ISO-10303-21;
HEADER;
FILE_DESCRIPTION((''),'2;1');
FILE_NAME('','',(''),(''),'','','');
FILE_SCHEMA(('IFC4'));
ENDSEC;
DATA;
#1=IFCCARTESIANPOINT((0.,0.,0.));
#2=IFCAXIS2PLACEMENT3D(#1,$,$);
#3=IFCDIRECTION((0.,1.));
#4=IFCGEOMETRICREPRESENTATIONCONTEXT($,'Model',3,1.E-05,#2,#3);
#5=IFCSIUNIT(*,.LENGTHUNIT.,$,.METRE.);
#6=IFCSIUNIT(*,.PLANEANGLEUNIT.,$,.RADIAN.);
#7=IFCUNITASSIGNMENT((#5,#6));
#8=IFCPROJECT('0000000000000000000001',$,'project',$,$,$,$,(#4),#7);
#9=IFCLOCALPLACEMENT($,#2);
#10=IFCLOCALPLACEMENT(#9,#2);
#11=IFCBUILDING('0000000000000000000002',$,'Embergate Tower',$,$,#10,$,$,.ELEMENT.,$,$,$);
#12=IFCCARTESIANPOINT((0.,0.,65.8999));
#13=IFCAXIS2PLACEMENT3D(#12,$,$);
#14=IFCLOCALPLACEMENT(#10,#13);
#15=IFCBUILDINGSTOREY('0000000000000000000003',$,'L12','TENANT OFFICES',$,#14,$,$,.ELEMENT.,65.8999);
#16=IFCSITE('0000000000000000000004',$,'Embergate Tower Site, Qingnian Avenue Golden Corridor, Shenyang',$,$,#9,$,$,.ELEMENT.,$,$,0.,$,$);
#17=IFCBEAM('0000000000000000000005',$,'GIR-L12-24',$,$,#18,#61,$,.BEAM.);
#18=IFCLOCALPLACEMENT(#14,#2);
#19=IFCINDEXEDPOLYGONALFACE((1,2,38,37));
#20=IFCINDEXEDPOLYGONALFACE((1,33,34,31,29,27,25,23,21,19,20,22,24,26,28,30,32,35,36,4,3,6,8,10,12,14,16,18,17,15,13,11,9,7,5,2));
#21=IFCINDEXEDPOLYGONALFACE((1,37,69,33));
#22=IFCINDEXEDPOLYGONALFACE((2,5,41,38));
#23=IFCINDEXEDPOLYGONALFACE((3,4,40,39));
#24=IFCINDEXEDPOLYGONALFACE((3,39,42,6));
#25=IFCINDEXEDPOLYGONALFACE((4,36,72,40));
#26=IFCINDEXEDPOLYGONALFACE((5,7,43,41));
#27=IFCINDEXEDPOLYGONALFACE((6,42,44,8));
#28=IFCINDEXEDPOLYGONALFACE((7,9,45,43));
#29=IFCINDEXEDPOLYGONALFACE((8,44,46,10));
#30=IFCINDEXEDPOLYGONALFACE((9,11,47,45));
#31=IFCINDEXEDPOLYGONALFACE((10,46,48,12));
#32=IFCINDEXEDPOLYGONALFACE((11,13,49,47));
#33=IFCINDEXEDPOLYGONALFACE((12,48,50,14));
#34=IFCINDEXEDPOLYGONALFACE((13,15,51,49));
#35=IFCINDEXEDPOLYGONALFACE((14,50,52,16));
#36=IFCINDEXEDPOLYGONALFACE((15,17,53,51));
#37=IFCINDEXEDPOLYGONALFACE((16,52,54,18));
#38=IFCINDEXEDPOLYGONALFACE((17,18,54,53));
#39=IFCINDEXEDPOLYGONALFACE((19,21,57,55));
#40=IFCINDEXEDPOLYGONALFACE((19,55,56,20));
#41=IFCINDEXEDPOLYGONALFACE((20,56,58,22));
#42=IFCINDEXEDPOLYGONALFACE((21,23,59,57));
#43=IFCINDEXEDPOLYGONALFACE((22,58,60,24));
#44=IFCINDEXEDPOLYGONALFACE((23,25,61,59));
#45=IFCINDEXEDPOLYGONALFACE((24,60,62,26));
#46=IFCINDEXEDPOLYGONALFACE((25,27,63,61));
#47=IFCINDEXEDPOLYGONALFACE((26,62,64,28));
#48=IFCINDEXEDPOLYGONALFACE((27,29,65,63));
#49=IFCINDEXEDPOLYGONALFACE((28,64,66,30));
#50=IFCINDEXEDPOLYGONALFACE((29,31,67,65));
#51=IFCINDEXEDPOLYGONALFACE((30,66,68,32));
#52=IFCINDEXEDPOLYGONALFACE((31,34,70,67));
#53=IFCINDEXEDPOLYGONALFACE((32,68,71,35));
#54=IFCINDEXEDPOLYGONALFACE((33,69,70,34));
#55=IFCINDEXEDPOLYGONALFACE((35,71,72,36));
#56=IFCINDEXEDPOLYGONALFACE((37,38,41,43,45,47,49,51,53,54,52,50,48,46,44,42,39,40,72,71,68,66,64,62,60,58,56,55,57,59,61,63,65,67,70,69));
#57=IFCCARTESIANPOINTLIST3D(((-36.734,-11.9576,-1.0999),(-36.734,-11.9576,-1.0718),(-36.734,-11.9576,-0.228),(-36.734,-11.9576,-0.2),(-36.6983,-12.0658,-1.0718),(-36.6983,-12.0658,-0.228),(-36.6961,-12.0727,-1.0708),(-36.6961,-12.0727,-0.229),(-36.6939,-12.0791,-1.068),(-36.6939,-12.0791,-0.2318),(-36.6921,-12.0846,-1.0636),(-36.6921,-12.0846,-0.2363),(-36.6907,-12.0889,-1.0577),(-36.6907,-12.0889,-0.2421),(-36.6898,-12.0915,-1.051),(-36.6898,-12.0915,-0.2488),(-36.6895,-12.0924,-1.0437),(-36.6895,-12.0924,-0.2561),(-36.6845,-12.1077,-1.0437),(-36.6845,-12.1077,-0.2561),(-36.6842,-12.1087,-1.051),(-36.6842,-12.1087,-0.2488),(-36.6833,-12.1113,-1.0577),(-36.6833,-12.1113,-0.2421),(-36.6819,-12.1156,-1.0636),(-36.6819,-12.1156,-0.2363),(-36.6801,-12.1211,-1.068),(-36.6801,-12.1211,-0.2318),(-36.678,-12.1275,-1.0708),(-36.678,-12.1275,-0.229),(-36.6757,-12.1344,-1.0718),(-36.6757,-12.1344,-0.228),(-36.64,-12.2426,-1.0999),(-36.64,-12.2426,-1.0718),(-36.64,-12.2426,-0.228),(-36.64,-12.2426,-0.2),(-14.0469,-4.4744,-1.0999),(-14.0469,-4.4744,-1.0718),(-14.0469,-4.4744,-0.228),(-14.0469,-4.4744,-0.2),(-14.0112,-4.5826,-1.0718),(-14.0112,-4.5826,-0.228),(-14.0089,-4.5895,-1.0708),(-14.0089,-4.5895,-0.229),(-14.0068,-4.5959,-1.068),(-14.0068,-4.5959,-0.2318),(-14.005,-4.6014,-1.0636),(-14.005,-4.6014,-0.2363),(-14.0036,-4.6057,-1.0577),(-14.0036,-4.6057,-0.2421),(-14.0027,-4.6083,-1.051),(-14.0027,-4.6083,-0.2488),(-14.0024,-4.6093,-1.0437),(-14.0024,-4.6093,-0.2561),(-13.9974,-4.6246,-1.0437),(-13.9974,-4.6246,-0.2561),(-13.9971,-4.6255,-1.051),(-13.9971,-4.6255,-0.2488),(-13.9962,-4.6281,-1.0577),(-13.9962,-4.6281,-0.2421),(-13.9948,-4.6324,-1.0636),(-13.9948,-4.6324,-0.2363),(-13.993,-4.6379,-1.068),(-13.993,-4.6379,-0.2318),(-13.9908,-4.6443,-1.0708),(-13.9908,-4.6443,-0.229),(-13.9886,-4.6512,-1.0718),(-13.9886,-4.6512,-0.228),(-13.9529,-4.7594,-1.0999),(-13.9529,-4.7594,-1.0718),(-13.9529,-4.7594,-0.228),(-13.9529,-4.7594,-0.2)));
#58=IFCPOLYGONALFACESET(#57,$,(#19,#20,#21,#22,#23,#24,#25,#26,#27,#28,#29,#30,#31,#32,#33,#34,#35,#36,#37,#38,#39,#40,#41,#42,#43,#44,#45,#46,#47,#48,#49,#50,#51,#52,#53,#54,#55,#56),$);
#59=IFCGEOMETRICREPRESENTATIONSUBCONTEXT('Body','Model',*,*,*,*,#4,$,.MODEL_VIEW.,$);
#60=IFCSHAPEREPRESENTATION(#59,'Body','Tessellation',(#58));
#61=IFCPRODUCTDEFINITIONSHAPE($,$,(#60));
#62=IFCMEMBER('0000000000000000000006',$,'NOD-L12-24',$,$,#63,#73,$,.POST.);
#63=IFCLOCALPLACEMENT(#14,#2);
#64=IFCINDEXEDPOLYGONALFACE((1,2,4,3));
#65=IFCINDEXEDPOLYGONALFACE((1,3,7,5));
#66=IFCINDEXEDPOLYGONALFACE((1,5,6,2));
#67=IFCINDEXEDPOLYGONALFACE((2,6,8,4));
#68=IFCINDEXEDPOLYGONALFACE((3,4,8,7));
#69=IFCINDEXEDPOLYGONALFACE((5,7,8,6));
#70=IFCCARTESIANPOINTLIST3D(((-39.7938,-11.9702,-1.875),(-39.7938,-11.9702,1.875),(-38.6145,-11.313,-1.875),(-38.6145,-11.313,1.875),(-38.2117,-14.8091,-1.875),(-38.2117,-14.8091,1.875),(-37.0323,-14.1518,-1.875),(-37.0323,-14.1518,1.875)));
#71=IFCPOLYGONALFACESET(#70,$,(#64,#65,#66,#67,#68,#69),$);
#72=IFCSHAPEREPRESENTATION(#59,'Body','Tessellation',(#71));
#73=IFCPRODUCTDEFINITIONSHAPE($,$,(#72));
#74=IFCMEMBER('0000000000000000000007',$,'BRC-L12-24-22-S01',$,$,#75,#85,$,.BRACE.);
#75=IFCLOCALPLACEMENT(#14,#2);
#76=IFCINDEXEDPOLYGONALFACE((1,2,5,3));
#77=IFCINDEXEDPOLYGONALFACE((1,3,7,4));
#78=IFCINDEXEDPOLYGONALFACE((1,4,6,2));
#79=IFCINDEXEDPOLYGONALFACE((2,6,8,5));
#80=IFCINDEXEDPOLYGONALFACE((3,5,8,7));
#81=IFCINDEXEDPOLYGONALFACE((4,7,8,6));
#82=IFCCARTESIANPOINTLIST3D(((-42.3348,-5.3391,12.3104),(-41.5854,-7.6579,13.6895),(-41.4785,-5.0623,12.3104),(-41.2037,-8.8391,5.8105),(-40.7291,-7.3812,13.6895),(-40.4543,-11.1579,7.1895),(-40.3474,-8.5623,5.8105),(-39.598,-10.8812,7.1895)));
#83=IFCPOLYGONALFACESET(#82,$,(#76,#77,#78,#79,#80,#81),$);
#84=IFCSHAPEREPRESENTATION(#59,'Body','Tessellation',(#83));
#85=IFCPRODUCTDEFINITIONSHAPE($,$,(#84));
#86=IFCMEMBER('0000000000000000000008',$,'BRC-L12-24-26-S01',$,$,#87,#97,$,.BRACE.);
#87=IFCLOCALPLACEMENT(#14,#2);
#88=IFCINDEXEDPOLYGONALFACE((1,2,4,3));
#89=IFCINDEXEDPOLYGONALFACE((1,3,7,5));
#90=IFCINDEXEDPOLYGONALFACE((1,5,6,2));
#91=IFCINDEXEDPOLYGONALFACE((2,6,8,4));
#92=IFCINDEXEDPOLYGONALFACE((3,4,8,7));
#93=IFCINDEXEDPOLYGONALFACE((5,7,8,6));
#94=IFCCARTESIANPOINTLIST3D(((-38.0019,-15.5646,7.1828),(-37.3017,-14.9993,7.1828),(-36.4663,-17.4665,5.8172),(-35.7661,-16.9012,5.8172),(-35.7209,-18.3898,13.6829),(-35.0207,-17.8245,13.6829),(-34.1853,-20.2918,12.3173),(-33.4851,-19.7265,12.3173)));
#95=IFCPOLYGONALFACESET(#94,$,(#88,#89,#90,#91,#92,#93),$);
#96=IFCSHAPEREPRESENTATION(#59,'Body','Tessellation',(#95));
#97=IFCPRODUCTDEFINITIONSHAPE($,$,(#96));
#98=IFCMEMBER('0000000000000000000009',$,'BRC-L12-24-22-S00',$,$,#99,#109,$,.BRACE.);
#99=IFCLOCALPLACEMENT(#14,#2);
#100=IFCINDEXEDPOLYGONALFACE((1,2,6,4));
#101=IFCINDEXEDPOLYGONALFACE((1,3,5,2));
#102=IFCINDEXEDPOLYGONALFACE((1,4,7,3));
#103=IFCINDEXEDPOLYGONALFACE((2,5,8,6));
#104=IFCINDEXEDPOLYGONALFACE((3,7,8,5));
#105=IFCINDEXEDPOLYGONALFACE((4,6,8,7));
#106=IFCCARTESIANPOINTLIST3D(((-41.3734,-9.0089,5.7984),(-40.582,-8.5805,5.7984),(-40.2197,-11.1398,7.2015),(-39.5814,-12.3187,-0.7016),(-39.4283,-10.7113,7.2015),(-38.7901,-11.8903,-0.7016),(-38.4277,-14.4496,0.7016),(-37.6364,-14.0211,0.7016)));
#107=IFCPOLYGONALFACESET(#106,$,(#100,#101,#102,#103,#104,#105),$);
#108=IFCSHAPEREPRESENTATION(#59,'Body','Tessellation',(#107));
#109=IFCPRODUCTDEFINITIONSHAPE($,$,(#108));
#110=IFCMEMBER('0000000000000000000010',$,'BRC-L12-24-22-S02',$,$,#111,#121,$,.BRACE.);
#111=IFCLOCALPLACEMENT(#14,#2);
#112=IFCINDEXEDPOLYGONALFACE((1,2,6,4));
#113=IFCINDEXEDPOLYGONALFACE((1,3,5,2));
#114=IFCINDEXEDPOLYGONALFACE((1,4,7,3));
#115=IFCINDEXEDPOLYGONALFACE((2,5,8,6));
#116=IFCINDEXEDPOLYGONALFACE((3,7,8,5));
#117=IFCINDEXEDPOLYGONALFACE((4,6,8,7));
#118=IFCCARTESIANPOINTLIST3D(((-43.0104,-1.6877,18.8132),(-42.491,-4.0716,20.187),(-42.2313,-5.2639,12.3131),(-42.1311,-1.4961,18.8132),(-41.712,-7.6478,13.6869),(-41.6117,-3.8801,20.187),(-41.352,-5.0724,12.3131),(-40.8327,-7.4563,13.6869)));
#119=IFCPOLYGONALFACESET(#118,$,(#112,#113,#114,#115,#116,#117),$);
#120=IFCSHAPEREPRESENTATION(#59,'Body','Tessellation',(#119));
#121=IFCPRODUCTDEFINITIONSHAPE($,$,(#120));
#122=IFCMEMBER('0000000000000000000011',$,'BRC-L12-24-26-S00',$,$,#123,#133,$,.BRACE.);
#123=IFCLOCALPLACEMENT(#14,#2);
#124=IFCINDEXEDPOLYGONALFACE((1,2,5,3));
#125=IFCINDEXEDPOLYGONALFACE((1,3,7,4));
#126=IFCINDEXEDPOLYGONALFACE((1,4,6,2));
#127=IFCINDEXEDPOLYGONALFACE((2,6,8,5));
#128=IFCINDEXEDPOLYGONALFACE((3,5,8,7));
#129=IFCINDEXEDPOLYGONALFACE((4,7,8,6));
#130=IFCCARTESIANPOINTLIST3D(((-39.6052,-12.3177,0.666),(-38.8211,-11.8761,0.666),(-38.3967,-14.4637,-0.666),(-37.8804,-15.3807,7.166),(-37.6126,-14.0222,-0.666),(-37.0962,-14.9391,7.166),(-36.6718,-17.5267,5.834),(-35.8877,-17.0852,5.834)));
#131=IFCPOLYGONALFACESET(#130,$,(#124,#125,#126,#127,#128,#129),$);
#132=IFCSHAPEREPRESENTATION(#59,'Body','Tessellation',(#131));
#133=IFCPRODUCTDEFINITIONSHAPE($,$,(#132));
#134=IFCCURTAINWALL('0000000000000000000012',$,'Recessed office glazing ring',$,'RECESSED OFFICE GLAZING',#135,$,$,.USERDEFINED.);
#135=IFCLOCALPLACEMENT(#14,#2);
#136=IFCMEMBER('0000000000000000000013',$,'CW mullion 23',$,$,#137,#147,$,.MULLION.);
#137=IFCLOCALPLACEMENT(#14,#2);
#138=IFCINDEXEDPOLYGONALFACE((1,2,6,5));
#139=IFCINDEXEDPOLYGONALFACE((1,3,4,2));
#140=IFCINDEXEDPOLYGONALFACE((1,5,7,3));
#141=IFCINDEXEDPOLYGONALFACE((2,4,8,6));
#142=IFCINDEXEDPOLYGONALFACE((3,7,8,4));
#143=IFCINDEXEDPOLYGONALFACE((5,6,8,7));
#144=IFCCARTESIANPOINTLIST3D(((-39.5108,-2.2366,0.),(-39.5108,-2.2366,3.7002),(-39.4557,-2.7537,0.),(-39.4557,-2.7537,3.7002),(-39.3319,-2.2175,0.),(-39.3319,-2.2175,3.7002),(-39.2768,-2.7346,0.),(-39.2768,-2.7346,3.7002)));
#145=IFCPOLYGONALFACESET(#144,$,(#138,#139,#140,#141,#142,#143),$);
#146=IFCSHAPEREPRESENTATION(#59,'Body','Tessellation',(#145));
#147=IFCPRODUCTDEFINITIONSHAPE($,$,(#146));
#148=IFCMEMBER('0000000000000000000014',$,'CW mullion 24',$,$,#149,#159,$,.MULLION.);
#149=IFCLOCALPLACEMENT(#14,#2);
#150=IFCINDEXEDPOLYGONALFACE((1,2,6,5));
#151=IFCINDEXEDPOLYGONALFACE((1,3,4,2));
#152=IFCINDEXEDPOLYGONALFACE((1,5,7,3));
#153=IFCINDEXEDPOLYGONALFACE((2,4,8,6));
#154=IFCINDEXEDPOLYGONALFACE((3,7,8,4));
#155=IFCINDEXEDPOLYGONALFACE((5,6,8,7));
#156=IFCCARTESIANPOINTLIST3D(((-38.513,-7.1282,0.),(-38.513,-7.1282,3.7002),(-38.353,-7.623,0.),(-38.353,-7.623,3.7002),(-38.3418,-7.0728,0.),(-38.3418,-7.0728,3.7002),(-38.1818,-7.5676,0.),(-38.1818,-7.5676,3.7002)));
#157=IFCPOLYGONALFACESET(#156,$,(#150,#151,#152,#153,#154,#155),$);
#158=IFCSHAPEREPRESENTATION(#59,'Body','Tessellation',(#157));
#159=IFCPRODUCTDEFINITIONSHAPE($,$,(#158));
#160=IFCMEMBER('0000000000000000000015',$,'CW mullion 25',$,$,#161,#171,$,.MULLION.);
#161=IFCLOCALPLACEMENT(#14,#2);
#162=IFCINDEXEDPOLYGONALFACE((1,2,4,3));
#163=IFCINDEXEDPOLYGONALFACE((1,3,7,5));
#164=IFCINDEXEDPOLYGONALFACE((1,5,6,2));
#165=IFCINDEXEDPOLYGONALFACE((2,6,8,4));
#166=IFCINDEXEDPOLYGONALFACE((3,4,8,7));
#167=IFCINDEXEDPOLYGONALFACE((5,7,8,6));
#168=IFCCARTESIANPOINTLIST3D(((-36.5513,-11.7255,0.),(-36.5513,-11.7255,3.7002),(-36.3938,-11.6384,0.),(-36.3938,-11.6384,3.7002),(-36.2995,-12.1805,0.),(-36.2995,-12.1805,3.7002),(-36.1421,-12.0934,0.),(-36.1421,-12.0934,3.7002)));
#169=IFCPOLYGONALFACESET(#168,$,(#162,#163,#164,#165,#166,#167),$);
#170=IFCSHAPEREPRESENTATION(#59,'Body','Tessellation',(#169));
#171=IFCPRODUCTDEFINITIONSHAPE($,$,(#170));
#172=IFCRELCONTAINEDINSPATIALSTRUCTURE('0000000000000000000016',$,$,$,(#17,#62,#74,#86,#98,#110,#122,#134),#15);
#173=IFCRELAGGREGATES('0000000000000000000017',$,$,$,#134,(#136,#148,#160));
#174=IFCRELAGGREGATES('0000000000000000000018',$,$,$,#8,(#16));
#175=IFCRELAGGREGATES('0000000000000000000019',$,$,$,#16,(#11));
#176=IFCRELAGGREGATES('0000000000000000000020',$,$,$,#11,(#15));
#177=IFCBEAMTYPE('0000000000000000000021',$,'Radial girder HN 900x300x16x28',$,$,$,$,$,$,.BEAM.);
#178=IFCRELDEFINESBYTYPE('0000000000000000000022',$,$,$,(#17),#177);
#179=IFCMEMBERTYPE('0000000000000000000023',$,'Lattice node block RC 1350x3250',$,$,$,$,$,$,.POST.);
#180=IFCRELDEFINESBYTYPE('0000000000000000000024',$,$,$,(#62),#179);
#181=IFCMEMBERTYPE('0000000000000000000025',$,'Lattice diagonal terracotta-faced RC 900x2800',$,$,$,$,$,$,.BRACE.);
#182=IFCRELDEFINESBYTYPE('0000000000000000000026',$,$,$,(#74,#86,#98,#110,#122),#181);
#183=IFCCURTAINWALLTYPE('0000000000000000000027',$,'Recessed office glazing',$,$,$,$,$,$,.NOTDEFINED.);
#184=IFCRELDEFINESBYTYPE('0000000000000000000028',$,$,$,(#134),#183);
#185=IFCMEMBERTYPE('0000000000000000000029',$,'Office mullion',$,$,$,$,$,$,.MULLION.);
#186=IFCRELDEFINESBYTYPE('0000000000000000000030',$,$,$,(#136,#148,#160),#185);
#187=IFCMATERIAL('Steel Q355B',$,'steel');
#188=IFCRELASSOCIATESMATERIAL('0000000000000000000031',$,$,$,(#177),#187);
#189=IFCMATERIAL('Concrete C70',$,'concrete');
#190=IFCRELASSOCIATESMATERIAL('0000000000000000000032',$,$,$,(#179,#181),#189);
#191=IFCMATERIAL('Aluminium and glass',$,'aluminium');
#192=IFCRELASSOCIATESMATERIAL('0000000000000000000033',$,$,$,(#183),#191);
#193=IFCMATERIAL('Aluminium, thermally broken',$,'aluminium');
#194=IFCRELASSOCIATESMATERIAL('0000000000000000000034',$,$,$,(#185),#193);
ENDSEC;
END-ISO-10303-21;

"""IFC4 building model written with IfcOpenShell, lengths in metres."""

from ifc_helpers import new_model, si_unit, direction, frame, origin, origin_2d, place, context, subcontext, project, spatial, rectangle, i_section, extrude, source, transform, mapped, material, material_profile, profile_set, type_object, element, aggregate, save


model = new_model("IFC4")

# Units and contexts
model_context = context("Model", 3, precision=1e-05, world=origin(), true_north=direction((0.0, 1.0)))
body_context = subcontext(model_context, "Body", "Model", "MODEL_VIEW")
ifc_project = project(units=[si_unit("LENGTHUNIT", "METRE"), si_unit("PLANEANGLEUNIT", "RADIAN")], contexts=[model_context])

# Site, building, storey
site_placement = place(None, origin())
site = spatial("IfcSite", under=ifc_project, at=site_placement, Name="Embergate Tower Site, Qingnian Avenue Golden Corridor, Shenyang", CompositionType="ELEMENT", RefElevation=0.0)
building_placement = place(site_placement, origin())
building = spatial("IfcBuilding", under=site, at=building_placement, Name="Embergate Tower", CompositionType="ELEMENT")
storey_placement = place(building_placement, frame((0.0, 0.0, 65.8999)))
storey = spatial("IfcBuildingStorey", under=building, at=storey_placement, Name="L12", Description="TENANT OFFICES", CompositionType="ELEMENT", Elevation=65.8999)

# Shared definitions
ifc_material_1 = material(Name="Concrete C70", Category="concrete")

# Beam
ifc_material_2 = material(Name="Steel Q355B", Category="steel")
ifc_material_profile_1 = material_profile(ifc_material_2, i_section(OverallWidth=0.3, OverallDepth=0.8999, WebThickness=0.0161, FlangeThickness=0.0281, FilletRadius=0.0281, at=origin_2d()), Name="HN 900x300x16x28")
ifc_profile_set_1 = profile_set([ifc_material_profile_1], Name="Steel Q355 grade B")
beam_type_1 = type_object("IfcBeamType", Name="Radial girder HN 900x300x16x28", PredefinedType="BEAM", material=ifc_profile_set_1)
shared_shape_1 = source(origin(), body_context, "Body", "SweptSolid", [
    extrude(i_section(OverallWidth=0.3, OverallDepth=0.8999, WebThickness=0.0161, FlangeThickness=0.0281, FilletRadius=0.0281, at=origin_2d()), origin(), (0.0, 0.0, 1.0), 23.8894),
])
beam_1_placement = place(storey_placement, frame((-36.687, -12.1001, -0.6499), z_axis=(0.949673, 0.313243, 0.0), x_axis=(-0.313243, 0.949673, 0.0)))
element("IfcBeam", 1, at=beam_1_placement, inside=storey, type_object=beam_type_1, Name="GIR-L12-24", PredefinedType="BEAM", context=body_context, shape_type="MappedRepresentation", body=[
    mapped(shared_shape_1, transform((0.0, 0.0, 0.0))),
])

# Members
ifc_material_profile_2 = material_profile(ifc_material_1, rectangle(XDim=1.3501, YDim=3.25, at=origin_2d()), Name="RC 1350x3250")
ifc_profile_set_2 = profile_set([ifc_material_profile_2], Name="Concrete C70")
member_type_1 = type_object("IfcMemberType", Name="Lattice node block RC 1350x3250", PredefinedType="POST", material=ifc_profile_set_2)
shared_shape_2 = source(origin(), body_context, "Body", "SweptSolid", [
    extrude(rectangle(XDim=1.3501, YDim=3.25, at=origin_2d()), origin(), (0.0, 0.0, 1.0), 3.75),
])
member_1_placement = place(storey_placement, frame((-38.4131, -13.061, -1.875), z_axis=(0.0, 0.0, 1.0), x_axis=(-0.8735, -0.486823, 0.0)))
element("IfcMember", 2, at=member_1_placement, inside=storey, type_object=member_type_1, Name="NOD-L12-24", PredefinedType="POST", context=body_context, shape_type="MappedRepresentation", body=[
    mapped(shared_shape_2, transform((0.0, 0.0, 0.0))),
])
ifc_material_profile_3 = material_profile(ifc_material_1, rectangle(XDim=0.8999, YDim=2.8, at=origin_2d()), Name="RC 900x2800")
ifc_profile_set_3 = profile_set([ifc_material_profile_3], Name="Concrete C70")
member_type_2 = type_object("IfcMemberType", Name="Lattice diagonal terracotta-faced RC 900x2800", PredefinedType="BRACE", material=ifc_profile_set_3)
shared_shape_3 = source(origin(), body_context, "Body", "SweptSolid", [
    extrude(rectangle(XDim=0.8999, YDim=2.8, at=origin_2d()), origin(), (0.0, 0.0, 1.0), 7.4685),
])
member_2_placement = place(storey_placement, frame((-40.4009, -9.8601, 6.5), z_axis=(-0.151449, 0.468631, 0.870315), x_axis=(-0.951544, -0.307513, 0.0)))
element("IfcMember", 3, at=member_2_placement, inside=storey, type_object=member_type_2, Name="BRC-L12-24-22-S01", PredefinedType="BRACE", context=body_context, shape_type="MappedRepresentation", body=[
    mapped(shared_shape_3, transform((0.0, 0.0, 0.0))),
])
shared_shape_4 = source(origin(), body_context, "Body", "SweptSolid", [
    extrude(rectangle(XDim=0.8999, YDim=2.8, at=origin_2d()), origin(), (0.0, 0.0, 1.0), 7.4456),
])
member_3_placement = place(storey_placement, frame((-36.884, -16.2329, 6.5), z_axis=(0.306362, -0.379453, 0.873016), x_axis=(0.77806, 0.62819, 0.0)))
element("IfcMember", 4, at=member_3_placement, inside=storey, type_object=member_type_2, Name="BRC-L12-24-26-S01", PredefinedType="BRACE", context=body_context, shape_type="MappedRepresentation", body=[
    mapped(shared_shape_4, transform((0.0, 0.0, 0.0))),
])
shared_shape_5 = source(origin(), body_context, "Body", "SweptSolid", [
    extrude(rectangle(XDim=0.8999, YDim=2.8, at=origin_2d()), origin(), (0.0, 0.0, 1.0), 7.511),
])
member_4_placement = place(storey_placement, frame((-38.6089, -13.1699, 0.0), z_axis=(-0.23858, 0.440658, 0.86539), x_axis=(-0.879384, -0.476114, 0.0)))
element("IfcMember", 5, at=member_4_placement, inside=storey, type_object=member_type_2, Name="BRC-L12-24-22-S00", PredefinedType="BRACE", context=body_context, shape_type="MappedRepresentation", body=[
    mapped(shared_shape_5, transform((0.0, 0.0, 0.0))),
])
shared_shape_6 = source(origin(), body_context, "Body", "SweptSolid", [
    extrude(rectangle(XDim=0.8999, YDim=2.8, at=origin_2d()), origin(), (0.0, 0.0, 1.0), 7.4597),
])
member_5_placement = place(storey_placement, frame((-41.532, -6.3601, 13.0), z_axis=(-0.104436, 0.479404, 0.871358), x_axis=(-0.977084, -0.212853, 0.0)))
element("IfcMember", 6, at=member_5_placement, inside=storey, type_object=member_type_2, Name="BRC-L12-24-22-S02", PredefinedType="BRACE", context=body_context, shape_type="MappedRepresentation", body=[
    mapped(shared_shape_6, transform((0.0, 0.0, 0.0))),
])
shared_shape_7 = source(origin(), body_context, "Body", "SweptSolid", [
    extrude(rectangle(XDim=0.8999, YDim=2.8, at=origin_2d()), origin(), (0.0, 0.0, 1.0), 7.3896),
])
member_6_placement = place(storey_placement, frame((-38.6089, -13.1699, 0.0), z_axis=(0.233415, -0.414497, 0.879608), x_axis=(0.871342, 0.490677, 0.0)))
element("IfcMember", 7, at=member_6_placement, inside=storey, type_object=member_type_2, Name="BRC-L12-24-26-S00", PredefinedType="BRACE", context=body_context, shape_type="MappedRepresentation", body=[
    mapped(shared_shape_7, transform((0.0, 0.0, 0.0))),
])

# Curtain wall, members
ifc_material_3 = material(Name="Aluminium and glass", Category="aluminium")
curtain_wall_type = type_object("IfcCurtainWallType", Name="Recessed office glazing", PredefinedType="NOTDEFINED", material=ifc_material_3)
curtain_wall_placement = place(storey_placement, origin())
curtain_wall = element("IfcCurtainWall", 8, at=curtain_wall_placement, inside=storey, type_object=curtain_wall_type, Name="Recessed office glazing ring", ObjectType="RECESSED OFFICE GLAZING", PredefinedType="USERDEFINED")
ifc_material_4 = material(Name="Aluminium, thermally broken", Category="aluminium")
ifc_material_profile_4 = material_profile(ifc_material_4, rectangle(XDim=0.1799, YDim=0.52, at=origin_2d()), Name="AL 520x180")
ifc_profile_set_4 = profile_set([ifc_material_profile_4], Name="Aluminium, thermally broken")
member_type_3 = type_object("IfcMemberType", Name="Office mullion", PredefinedType="MULLION", material=ifc_profile_set_4)
shared_shape_8 = source(origin(), body_context, "Body", "SweptSolid", [
    extrude(rectangle(XDim=0.1799, YDim=0.52, at=origin_2d()), origin(), (0.0, 0.0, 1.0), 3.7002),
])
member_7_placement = place(storey_placement, frame((-39.3938, -2.4856, 0.0), z_axis=(0.0, 0.0, 1.0), x_axis=(0.994386, 0.105818, 0.0)))
member_7 = element("IfcMember", 9, at=member_7_placement, type_object=member_type_3, Name="CW mullion 23", PredefinedType="MULLION", context=body_context, shape_type="MappedRepresentation", body=[
    mapped(shared_shape_8, transform((0.0, 0.0, 0.0))),
])
member_8_placement = place(storey_placement, frame((-38.3474, -7.3479, 0.0), z_axis=(0.0, 0.0, 1.0), x_axis=(0.951502, 0.307642, 0.0)))
member_8 = element("IfcMember", 10, at=member_8_placement, type_object=member_type_3, Name="CW mullion 24", PredefinedType="MULLION", context=body_context, shape_type="MappedRepresentation", body=[
    mapped(shared_shape_8, transform((0.0, 0.0, 0.0))),
])
member_9_placement = place(storey_placement, frame((-36.3467, -11.9094, 0.0), z_axis=(0.0, 0.0, 1.0), x_axis=(0.87501, 0.484104, 0.0)))
member_9 = element("IfcMember", 11, at=member_9_placement, type_object=member_type_3, Name="CW mullion 25", PredefinedType="MULLION", context=body_context, shape_type="MappedRepresentation", body=[
    mapped(shared_shape_8, transform((0.0, 0.0, 0.0))),
])
aggregate(curtain_wall, [member_7, member_8, member_9])

save(model, "model.ifc")
